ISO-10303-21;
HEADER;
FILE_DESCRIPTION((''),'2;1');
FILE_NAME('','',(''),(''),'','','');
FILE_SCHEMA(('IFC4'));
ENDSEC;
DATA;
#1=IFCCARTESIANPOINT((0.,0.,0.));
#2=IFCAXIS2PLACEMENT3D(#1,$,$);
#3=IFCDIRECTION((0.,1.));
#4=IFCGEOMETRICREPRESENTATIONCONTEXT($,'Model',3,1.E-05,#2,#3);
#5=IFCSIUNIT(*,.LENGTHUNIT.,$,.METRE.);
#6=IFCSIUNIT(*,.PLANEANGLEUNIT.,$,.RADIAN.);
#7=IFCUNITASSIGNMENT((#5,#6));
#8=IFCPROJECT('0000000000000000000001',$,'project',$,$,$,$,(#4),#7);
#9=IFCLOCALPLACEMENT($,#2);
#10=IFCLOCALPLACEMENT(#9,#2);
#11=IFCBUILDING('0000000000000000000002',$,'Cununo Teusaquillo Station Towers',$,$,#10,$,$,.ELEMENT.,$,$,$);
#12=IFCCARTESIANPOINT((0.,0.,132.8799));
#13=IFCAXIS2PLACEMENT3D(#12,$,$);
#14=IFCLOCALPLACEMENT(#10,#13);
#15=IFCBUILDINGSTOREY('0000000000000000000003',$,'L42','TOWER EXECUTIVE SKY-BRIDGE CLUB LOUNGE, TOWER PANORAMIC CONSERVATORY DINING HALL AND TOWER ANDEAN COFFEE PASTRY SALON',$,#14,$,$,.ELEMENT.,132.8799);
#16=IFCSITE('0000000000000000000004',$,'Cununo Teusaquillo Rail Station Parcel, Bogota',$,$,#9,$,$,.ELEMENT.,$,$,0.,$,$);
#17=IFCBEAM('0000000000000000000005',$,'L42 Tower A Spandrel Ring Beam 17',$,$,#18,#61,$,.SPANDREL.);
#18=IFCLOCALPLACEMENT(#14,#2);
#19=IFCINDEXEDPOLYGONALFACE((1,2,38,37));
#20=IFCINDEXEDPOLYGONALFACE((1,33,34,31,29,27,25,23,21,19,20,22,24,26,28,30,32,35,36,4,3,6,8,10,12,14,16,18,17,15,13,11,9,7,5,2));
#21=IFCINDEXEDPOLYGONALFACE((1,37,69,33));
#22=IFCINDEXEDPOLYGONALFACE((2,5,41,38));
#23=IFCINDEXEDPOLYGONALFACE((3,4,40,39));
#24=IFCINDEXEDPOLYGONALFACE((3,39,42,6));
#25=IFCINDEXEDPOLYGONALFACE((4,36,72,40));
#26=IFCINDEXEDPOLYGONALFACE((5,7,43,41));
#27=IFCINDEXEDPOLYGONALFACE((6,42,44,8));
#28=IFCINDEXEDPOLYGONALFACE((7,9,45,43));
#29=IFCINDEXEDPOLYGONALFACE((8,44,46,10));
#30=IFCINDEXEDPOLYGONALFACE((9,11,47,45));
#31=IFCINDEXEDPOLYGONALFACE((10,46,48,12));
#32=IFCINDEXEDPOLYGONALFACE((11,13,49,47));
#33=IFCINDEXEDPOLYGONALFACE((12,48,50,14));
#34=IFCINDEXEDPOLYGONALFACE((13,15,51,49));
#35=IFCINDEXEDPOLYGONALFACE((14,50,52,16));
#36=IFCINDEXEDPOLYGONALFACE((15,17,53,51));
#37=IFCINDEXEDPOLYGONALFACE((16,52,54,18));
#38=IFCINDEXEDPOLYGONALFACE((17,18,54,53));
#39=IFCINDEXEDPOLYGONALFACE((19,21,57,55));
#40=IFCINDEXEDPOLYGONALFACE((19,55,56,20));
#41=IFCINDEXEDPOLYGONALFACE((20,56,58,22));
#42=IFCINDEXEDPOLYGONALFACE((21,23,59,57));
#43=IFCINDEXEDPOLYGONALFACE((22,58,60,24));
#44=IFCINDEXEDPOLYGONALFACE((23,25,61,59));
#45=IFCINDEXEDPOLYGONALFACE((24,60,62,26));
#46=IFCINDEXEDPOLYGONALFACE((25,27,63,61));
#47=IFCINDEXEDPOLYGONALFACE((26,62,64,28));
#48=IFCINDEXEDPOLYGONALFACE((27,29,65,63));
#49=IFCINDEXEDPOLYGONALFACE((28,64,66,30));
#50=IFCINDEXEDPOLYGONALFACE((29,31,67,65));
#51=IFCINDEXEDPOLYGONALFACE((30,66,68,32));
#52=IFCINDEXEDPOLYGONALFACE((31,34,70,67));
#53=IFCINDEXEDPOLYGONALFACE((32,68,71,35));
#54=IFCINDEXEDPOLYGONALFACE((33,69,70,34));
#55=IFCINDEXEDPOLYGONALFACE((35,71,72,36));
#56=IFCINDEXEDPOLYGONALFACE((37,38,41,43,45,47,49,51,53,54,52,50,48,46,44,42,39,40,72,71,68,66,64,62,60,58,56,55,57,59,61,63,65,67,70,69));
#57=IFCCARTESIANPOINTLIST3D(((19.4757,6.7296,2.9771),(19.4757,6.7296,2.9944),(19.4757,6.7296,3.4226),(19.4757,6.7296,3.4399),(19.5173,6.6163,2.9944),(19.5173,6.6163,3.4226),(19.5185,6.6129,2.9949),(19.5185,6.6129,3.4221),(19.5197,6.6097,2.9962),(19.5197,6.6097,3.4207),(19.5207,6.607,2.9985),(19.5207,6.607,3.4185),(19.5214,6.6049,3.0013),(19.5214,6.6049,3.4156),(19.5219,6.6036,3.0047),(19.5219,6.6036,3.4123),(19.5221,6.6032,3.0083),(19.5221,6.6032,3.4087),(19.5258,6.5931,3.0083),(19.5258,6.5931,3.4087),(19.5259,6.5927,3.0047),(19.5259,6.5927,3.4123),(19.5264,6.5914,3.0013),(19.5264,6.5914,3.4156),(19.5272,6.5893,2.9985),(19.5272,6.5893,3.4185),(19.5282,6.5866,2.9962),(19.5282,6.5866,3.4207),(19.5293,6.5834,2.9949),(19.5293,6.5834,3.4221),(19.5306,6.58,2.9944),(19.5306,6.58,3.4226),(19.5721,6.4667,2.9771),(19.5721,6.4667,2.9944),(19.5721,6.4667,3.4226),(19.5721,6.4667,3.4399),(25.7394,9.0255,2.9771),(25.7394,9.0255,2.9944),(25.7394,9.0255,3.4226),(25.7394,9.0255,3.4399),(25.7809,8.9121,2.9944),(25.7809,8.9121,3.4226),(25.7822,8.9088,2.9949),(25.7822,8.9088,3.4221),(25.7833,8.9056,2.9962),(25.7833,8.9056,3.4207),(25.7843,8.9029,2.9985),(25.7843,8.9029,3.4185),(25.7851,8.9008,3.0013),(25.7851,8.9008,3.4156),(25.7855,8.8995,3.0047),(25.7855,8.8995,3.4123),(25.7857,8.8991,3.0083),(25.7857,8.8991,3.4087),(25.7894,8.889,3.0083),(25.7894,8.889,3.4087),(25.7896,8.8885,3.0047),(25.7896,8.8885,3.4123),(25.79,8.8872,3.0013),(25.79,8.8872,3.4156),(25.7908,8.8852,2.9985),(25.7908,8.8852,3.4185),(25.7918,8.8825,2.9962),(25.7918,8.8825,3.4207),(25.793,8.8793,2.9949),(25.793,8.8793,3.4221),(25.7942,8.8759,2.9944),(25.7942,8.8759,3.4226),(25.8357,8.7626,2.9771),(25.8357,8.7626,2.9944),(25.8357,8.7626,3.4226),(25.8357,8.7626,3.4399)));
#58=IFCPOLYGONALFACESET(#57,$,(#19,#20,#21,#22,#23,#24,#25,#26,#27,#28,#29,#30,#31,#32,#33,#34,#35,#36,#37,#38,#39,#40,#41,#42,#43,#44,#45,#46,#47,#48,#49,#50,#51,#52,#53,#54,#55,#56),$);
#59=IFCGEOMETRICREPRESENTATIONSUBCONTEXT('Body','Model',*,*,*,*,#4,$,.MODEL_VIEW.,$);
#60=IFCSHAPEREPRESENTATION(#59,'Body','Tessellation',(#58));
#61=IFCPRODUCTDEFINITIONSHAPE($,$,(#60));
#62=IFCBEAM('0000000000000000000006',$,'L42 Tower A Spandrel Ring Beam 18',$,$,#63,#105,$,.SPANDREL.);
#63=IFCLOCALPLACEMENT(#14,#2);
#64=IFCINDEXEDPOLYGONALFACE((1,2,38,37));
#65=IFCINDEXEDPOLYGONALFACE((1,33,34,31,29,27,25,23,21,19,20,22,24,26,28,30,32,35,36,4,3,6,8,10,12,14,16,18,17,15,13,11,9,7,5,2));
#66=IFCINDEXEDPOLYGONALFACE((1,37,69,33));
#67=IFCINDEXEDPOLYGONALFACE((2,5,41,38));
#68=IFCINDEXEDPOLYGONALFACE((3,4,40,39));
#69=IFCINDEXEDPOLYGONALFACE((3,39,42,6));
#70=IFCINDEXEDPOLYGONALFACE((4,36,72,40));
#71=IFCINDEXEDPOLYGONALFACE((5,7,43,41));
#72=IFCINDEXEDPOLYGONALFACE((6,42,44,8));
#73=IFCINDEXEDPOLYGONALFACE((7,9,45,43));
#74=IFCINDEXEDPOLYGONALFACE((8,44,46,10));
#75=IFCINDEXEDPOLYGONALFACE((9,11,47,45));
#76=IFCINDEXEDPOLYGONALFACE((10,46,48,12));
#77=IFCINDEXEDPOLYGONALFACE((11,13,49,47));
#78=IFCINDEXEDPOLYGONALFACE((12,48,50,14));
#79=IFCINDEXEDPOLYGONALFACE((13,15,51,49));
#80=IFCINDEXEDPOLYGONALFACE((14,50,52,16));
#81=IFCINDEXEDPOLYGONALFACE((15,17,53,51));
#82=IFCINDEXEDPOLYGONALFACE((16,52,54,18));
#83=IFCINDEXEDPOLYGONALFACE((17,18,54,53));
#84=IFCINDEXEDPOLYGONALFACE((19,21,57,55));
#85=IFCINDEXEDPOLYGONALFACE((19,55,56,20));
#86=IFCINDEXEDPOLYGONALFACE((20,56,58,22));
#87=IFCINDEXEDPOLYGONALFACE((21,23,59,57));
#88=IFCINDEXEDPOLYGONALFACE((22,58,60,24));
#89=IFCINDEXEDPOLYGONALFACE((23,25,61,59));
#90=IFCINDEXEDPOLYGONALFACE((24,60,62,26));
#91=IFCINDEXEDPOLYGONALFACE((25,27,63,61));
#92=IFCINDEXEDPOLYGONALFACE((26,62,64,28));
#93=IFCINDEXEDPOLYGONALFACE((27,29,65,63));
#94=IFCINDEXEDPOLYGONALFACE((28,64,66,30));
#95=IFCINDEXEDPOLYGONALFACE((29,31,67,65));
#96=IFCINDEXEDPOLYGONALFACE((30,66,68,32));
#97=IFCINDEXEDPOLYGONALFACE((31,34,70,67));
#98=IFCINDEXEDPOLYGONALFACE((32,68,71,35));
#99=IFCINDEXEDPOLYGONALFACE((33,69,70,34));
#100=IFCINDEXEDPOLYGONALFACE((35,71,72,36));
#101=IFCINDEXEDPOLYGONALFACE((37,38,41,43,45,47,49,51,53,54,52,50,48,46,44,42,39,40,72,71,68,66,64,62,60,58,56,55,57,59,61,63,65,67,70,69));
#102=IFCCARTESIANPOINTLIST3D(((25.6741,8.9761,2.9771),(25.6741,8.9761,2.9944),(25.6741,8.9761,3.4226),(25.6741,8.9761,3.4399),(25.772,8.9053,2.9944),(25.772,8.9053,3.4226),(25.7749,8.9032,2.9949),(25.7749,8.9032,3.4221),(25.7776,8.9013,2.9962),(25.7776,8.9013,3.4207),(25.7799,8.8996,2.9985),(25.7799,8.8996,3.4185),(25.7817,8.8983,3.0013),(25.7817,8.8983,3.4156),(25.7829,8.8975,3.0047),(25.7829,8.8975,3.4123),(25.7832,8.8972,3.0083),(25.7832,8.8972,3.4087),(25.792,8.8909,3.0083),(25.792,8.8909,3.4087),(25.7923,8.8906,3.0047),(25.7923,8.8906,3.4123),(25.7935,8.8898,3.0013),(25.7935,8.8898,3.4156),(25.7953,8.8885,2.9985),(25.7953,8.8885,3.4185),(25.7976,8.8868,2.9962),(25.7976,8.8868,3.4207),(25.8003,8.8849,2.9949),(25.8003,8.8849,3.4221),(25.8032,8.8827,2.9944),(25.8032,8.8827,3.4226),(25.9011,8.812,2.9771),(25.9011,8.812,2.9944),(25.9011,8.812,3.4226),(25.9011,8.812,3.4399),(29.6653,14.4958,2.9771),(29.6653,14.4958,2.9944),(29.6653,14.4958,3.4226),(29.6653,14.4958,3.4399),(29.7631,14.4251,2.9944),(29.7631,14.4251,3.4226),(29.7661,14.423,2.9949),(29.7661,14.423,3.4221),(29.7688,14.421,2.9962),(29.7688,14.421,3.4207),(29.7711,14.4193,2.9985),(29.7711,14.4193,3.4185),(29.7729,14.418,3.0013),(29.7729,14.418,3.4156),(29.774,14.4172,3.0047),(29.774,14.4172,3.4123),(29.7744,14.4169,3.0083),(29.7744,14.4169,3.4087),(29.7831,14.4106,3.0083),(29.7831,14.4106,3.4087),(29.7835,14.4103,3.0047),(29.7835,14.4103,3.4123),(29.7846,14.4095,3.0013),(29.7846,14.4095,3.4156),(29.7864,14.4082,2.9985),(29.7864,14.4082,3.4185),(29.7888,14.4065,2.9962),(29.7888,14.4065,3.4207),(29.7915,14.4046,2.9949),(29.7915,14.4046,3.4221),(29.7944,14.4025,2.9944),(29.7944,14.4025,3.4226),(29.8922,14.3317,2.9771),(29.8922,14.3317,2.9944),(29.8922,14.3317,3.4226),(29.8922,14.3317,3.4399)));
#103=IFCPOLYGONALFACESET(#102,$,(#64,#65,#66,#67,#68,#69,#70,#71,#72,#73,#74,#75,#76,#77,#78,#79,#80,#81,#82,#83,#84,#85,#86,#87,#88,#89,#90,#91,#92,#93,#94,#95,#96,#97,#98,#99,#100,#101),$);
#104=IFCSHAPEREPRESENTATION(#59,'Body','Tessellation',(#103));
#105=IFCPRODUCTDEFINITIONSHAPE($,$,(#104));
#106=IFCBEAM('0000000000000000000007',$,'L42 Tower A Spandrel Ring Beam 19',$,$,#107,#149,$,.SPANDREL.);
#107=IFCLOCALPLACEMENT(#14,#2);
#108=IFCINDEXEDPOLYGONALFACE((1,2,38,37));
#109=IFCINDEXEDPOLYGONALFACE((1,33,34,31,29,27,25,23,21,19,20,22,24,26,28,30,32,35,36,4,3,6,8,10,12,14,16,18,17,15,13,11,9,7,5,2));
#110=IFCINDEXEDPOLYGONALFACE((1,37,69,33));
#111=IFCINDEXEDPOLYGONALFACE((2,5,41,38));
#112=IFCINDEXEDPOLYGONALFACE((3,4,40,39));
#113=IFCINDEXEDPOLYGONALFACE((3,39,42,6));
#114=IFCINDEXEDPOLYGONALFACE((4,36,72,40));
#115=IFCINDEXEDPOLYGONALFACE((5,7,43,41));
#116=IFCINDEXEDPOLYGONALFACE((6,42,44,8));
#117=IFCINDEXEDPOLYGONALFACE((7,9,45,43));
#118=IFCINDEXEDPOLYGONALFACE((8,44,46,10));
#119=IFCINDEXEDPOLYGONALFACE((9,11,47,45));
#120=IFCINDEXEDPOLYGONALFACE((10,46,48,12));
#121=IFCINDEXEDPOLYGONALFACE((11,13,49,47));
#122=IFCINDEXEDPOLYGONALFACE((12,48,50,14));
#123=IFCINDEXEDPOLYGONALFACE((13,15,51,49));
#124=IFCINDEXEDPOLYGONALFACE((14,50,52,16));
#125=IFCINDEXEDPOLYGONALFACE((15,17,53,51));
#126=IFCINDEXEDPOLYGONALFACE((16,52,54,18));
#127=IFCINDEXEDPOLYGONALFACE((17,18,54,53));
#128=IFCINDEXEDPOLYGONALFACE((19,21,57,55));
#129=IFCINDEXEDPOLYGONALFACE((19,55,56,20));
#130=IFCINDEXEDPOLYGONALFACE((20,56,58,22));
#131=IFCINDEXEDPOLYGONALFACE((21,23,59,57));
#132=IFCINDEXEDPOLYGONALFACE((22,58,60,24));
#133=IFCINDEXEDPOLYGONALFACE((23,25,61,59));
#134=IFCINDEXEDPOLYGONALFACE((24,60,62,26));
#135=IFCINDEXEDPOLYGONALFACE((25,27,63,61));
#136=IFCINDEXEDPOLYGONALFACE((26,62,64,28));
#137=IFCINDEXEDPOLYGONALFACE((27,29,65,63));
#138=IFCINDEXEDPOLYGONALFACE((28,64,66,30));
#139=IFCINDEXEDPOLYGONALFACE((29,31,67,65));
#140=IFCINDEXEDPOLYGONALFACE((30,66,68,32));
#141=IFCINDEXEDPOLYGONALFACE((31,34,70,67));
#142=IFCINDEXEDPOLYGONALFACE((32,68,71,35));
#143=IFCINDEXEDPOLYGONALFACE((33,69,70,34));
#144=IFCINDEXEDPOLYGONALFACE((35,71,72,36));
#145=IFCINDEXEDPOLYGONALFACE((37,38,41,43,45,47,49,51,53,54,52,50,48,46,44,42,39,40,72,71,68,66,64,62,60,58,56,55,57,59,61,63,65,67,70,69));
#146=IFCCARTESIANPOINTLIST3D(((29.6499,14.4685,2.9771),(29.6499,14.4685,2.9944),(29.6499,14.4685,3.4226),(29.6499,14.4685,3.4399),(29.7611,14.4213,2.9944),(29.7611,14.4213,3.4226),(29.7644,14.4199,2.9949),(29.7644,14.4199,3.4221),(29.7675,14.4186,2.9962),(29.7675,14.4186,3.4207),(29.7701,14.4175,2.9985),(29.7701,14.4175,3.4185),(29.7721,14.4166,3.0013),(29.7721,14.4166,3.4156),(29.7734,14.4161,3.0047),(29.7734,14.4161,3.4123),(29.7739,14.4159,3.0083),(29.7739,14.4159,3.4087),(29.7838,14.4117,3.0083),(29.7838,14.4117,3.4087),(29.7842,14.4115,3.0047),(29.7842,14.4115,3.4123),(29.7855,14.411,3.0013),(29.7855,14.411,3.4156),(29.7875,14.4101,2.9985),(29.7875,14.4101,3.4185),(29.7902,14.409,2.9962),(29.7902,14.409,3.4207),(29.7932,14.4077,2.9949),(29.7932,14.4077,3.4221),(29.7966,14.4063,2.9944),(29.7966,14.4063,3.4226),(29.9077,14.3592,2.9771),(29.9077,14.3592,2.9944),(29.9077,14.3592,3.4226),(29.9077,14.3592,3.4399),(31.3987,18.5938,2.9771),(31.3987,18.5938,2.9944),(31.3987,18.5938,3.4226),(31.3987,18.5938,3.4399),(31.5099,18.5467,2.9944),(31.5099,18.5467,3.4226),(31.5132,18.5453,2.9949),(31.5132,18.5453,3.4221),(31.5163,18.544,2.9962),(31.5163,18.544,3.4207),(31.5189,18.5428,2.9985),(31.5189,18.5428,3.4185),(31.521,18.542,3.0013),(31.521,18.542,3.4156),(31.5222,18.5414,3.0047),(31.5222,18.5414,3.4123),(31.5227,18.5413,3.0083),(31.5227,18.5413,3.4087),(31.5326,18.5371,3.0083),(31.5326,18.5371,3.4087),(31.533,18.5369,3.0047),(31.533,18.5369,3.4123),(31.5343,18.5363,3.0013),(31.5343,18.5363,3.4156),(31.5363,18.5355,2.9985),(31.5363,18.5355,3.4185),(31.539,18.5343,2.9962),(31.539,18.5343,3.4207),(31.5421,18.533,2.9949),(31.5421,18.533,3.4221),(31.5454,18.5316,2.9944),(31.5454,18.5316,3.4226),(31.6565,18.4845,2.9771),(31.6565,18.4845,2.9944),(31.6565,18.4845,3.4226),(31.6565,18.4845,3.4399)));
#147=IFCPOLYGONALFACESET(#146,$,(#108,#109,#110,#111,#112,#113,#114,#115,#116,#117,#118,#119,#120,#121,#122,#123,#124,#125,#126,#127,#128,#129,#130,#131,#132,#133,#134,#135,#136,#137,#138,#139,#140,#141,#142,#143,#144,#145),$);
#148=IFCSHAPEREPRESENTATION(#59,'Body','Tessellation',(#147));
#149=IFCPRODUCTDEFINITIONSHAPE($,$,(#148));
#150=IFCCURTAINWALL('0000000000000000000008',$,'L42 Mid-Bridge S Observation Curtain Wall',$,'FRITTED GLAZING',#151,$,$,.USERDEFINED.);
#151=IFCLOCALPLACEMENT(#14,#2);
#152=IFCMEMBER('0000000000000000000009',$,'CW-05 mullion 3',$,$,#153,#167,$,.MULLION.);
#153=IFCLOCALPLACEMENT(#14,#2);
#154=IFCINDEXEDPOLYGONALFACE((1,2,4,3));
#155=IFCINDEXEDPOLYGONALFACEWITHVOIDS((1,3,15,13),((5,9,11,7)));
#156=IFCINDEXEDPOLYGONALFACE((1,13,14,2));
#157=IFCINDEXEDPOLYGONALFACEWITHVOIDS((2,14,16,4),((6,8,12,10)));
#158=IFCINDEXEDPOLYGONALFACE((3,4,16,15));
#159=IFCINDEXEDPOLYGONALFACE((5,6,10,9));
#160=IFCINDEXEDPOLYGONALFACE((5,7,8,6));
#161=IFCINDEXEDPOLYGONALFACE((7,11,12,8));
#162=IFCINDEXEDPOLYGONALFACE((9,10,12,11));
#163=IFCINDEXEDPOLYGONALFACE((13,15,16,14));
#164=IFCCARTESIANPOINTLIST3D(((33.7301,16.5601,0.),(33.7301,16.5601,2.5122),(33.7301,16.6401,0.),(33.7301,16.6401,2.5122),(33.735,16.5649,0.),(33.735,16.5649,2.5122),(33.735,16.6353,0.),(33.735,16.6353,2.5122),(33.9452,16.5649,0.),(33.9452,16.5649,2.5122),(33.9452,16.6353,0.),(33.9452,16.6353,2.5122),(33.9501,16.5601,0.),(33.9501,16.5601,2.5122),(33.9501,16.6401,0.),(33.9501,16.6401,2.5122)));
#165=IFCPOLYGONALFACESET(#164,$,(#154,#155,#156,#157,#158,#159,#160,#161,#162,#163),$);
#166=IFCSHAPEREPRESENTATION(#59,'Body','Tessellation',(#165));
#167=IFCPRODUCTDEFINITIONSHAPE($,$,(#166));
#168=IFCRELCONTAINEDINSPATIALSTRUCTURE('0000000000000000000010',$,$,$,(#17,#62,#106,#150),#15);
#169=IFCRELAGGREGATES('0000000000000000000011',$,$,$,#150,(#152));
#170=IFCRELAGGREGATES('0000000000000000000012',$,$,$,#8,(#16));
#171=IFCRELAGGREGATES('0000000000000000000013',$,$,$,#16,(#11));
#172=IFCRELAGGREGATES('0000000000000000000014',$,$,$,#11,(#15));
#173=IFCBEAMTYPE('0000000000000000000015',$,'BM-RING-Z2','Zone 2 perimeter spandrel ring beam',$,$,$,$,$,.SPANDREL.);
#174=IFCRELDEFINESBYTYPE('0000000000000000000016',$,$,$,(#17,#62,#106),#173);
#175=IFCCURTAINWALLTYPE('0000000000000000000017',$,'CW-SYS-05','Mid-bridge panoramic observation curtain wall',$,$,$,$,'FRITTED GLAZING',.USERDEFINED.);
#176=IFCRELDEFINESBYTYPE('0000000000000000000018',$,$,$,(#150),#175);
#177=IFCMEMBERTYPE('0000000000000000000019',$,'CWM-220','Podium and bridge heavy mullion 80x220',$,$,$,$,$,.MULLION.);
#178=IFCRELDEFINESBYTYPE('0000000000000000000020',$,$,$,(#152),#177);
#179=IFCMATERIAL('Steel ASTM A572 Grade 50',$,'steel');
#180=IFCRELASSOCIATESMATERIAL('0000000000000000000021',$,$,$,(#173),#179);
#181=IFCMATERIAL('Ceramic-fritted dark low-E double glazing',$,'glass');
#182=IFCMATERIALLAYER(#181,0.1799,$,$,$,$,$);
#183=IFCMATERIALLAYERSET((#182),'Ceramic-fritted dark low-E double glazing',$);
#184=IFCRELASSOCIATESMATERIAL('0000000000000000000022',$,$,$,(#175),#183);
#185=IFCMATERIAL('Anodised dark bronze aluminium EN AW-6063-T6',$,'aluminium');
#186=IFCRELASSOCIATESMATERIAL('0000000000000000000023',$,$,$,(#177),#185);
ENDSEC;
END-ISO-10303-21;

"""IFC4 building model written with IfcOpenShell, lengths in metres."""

from ifc_helpers import new_model, si_unit, direction, frame, origin, origin_2d, place, context, subcontext, project, spatial, hollow_rectangle, i_section, extrude, material, layer, layer_set, material_profile, profile_set, type_object, element, aggregate, save


model = new_model("IFC4")

# Units and contexts
model_context = context("Model", 3, precision=1e-05, world=origin(), true_north=direction((0.0, 1.0)))
body_context = subcontext(model_context, "Body", "Model", "MODEL_VIEW")
ifc_project = project(units=[si_unit("LENGTHUNIT", "METRE"), si_unit("PLANEANGLEUNIT", "RADIAN")], contexts=[model_context])

# Site, building, storey
site_placement = place(None, origin())
site = spatial("IfcSite", under=ifc_project, at=site_placement, Name="Cununo Teusaquillo Rail Station Parcel, Bogota", CompositionType="ELEMENT", RefElevation=0.0)
building_placement = place(site_placement, origin())
building = spatial("IfcBuilding", under=site, at=building_placement, Name="Cununo Teusaquillo Station Towers", CompositionType="ELEMENT")
storey_placement = place(building_placement, frame((0.0, 0.0, 132.8799)))
storey = spatial("IfcBuildingStorey", under=building, at=storey_placement, Name="L42", Description="TOWER EXECUTIVE SKY-BRIDGE CLUB LOUNGE, TOWER PANORAMIC CONSERVATORY DINING HALL AND TOWER ANDEAN COFFEE PASTRY SALON", CompositionType="ELEMENT", Elevation=132.8799)

# Beams
ifc_material_1 = material(Name="Steel ASTM A572 Grade 50", Category="steel")
ifc_material_profile_1 = material_profile(ifc_material_1, i_section(OverallWidth=0.28, OverallDepth=0.4629, WebThickness=0.0107, FlangeThickness=0.0173, FilletRadius=0.0139, at=origin_2d()), Name="W18X76")
ifc_profile_set_1 = profile_set([ifc_material_profile_1], Name="Steel ASTM A572 Grade 50")
beam_type_1 = type_object("IfcBeamType", Name="BM-RING-Z2", Description="Zone 2 perimeter spandrel ring beam", PredefinedType="SPANDREL", material=ifc_profile_set_1)
beam_1_placement = place(storey_placement, frame((19.5239, 6.5981, 3.2085), z_axis=(0.938914, 0.344151, 0.0), x_axis=(-0.344151, 0.938914, 0.0)))
element("IfcBeam", 1, at=beam_1_placement, inside=storey, type_object=beam_type_1, Name="L42 Tower A Spandrel Ring Beam 17", PredefinedType="SPANDREL", context=body_context, shape_type="SweptSolid", body=[
    extrude(i_section(OverallWidth=0.28, OverallDepth=0.4629, WebThickness=0.0107, FlangeThickness=0.0173, FilletRadius=0.0139, at=origin_2d()), origin(), (0.0, 0.0, 1.0), 6.6711),
])
beam_2_placement = place(storey_placement, frame((25.7876, 8.894, 3.2085), z_axis=(0.585945, 0.810351, 0.0), x_axis=(-0.810351, 0.585945, 0.0)))
element("IfcBeam", 2, at=beam_2_placement, inside=storey, type_object=beam_type_1, Name="L42 Tower A Spandrel Ring Beam 18", PredefinedType="SPANDREL", context=body_context, shape_type="SweptSolid", body=[
    extrude(i_section(OverallWidth=0.28, OverallDepth=0.4629, WebThickness=0.0107, FlangeThickness=0.0173, FilletRadius=0.0139, at=origin_2d()), origin(), (0.0, 0.0, 1.0), 6.8115),
])
beam_3_placement = place(storey_placement, frame((29.7788, 14.4138, 3.2085), z_axis=(0.390299, 0.920688, 0.0), x_axis=(-0.920688, 0.390299, 0.0)))
element("IfcBeam", 3, at=beam_3_placement, inside=storey, type_object=beam_type_1, Name="L42 Tower A Spandrel Ring Beam 19", PredefinedType="SPANDREL", context=body_context, shape_type="SweptSolid", body=[
    extrude(i_section(OverallWidth=0.28, OverallDepth=0.4629, WebThickness=0.0107, FlangeThickness=0.0173, FilletRadius=0.0139, at=origin_2d()), origin(), (0.0, 0.0, 1.0), 4.4807),
])

# Curtain wall, member
ifc_material_2 = material(Name="Ceramic-fritted dark low-E double glazing", Category="glass")
ifc_layer_1 = layer(ifc_material_2, 0.1799)
ifc_layer_set_1 = layer_set([ifc_layer_1], Name="Ceramic-fritted dark low-E double glazing")
curtain_wall_type = type_object("IfcCurtainWallType", Name="CW-SYS-05", Description="Mid-bridge panoramic observation curtain wall", ElementType="FRITTED GLAZING", PredefinedType="USERDEFINED", material=ifc_layer_set_1)
curtain_wall_placement = place(storey_placement, origin())
curtain_wall = element("IfcCurtainWall", 4, at=curtain_wall_placement, inside=storey, type_object=curtain_wall_type, Name="L42 Mid-Bridge S Observation Curtain Wall", ObjectType="FRITTED GLAZING", PredefinedType="USERDEFINED")
ifc_material_3 = material(Name="Anodised dark bronze aluminium EN AW-6063-T6", Category="aluminium")
ifc_material_profile_2 = material_profile(ifc_material_3, hollow_rectangle(XDim=0.0801, YDim=0.22, WallThickness=0.0049, at=origin_2d()), Name="CW-MULL-80x220")
ifc_profile_set_2 = profile_set([ifc_material_profile_2], Name="Anodised dark bronze aluminium EN AW-6063-T6")
member_type_1 = type_object("IfcMemberType", Name="CWM-220", Description="Podium and bridge heavy mullion 80x220", PredefinedType="MULLION", material=ifc_profile_set_2)
member_1_placement = place(storey_placement, frame((33.8401, 16.6001, 0.0), z_axis=(0.0, 0.0, 1.0), x_axis=(0.0, -1.0, 0.0)))
member_1 = element("IfcMember", 5, at=member_1_placement, type_object=member_type_1, Name="CW-05 mullion 3", PredefinedType="MULLION", context=body_context, shape_type="SweptSolid", body=[
    extrude(hollow_rectangle(XDim=0.0801, YDim=0.22, WallThickness=0.0049, at=origin_2d()), origin(), (0.0, 0.0, 1.0), 2.5122),
])
aggregate(curtain_wall, [member_1])

save(model, "model.ifc")
